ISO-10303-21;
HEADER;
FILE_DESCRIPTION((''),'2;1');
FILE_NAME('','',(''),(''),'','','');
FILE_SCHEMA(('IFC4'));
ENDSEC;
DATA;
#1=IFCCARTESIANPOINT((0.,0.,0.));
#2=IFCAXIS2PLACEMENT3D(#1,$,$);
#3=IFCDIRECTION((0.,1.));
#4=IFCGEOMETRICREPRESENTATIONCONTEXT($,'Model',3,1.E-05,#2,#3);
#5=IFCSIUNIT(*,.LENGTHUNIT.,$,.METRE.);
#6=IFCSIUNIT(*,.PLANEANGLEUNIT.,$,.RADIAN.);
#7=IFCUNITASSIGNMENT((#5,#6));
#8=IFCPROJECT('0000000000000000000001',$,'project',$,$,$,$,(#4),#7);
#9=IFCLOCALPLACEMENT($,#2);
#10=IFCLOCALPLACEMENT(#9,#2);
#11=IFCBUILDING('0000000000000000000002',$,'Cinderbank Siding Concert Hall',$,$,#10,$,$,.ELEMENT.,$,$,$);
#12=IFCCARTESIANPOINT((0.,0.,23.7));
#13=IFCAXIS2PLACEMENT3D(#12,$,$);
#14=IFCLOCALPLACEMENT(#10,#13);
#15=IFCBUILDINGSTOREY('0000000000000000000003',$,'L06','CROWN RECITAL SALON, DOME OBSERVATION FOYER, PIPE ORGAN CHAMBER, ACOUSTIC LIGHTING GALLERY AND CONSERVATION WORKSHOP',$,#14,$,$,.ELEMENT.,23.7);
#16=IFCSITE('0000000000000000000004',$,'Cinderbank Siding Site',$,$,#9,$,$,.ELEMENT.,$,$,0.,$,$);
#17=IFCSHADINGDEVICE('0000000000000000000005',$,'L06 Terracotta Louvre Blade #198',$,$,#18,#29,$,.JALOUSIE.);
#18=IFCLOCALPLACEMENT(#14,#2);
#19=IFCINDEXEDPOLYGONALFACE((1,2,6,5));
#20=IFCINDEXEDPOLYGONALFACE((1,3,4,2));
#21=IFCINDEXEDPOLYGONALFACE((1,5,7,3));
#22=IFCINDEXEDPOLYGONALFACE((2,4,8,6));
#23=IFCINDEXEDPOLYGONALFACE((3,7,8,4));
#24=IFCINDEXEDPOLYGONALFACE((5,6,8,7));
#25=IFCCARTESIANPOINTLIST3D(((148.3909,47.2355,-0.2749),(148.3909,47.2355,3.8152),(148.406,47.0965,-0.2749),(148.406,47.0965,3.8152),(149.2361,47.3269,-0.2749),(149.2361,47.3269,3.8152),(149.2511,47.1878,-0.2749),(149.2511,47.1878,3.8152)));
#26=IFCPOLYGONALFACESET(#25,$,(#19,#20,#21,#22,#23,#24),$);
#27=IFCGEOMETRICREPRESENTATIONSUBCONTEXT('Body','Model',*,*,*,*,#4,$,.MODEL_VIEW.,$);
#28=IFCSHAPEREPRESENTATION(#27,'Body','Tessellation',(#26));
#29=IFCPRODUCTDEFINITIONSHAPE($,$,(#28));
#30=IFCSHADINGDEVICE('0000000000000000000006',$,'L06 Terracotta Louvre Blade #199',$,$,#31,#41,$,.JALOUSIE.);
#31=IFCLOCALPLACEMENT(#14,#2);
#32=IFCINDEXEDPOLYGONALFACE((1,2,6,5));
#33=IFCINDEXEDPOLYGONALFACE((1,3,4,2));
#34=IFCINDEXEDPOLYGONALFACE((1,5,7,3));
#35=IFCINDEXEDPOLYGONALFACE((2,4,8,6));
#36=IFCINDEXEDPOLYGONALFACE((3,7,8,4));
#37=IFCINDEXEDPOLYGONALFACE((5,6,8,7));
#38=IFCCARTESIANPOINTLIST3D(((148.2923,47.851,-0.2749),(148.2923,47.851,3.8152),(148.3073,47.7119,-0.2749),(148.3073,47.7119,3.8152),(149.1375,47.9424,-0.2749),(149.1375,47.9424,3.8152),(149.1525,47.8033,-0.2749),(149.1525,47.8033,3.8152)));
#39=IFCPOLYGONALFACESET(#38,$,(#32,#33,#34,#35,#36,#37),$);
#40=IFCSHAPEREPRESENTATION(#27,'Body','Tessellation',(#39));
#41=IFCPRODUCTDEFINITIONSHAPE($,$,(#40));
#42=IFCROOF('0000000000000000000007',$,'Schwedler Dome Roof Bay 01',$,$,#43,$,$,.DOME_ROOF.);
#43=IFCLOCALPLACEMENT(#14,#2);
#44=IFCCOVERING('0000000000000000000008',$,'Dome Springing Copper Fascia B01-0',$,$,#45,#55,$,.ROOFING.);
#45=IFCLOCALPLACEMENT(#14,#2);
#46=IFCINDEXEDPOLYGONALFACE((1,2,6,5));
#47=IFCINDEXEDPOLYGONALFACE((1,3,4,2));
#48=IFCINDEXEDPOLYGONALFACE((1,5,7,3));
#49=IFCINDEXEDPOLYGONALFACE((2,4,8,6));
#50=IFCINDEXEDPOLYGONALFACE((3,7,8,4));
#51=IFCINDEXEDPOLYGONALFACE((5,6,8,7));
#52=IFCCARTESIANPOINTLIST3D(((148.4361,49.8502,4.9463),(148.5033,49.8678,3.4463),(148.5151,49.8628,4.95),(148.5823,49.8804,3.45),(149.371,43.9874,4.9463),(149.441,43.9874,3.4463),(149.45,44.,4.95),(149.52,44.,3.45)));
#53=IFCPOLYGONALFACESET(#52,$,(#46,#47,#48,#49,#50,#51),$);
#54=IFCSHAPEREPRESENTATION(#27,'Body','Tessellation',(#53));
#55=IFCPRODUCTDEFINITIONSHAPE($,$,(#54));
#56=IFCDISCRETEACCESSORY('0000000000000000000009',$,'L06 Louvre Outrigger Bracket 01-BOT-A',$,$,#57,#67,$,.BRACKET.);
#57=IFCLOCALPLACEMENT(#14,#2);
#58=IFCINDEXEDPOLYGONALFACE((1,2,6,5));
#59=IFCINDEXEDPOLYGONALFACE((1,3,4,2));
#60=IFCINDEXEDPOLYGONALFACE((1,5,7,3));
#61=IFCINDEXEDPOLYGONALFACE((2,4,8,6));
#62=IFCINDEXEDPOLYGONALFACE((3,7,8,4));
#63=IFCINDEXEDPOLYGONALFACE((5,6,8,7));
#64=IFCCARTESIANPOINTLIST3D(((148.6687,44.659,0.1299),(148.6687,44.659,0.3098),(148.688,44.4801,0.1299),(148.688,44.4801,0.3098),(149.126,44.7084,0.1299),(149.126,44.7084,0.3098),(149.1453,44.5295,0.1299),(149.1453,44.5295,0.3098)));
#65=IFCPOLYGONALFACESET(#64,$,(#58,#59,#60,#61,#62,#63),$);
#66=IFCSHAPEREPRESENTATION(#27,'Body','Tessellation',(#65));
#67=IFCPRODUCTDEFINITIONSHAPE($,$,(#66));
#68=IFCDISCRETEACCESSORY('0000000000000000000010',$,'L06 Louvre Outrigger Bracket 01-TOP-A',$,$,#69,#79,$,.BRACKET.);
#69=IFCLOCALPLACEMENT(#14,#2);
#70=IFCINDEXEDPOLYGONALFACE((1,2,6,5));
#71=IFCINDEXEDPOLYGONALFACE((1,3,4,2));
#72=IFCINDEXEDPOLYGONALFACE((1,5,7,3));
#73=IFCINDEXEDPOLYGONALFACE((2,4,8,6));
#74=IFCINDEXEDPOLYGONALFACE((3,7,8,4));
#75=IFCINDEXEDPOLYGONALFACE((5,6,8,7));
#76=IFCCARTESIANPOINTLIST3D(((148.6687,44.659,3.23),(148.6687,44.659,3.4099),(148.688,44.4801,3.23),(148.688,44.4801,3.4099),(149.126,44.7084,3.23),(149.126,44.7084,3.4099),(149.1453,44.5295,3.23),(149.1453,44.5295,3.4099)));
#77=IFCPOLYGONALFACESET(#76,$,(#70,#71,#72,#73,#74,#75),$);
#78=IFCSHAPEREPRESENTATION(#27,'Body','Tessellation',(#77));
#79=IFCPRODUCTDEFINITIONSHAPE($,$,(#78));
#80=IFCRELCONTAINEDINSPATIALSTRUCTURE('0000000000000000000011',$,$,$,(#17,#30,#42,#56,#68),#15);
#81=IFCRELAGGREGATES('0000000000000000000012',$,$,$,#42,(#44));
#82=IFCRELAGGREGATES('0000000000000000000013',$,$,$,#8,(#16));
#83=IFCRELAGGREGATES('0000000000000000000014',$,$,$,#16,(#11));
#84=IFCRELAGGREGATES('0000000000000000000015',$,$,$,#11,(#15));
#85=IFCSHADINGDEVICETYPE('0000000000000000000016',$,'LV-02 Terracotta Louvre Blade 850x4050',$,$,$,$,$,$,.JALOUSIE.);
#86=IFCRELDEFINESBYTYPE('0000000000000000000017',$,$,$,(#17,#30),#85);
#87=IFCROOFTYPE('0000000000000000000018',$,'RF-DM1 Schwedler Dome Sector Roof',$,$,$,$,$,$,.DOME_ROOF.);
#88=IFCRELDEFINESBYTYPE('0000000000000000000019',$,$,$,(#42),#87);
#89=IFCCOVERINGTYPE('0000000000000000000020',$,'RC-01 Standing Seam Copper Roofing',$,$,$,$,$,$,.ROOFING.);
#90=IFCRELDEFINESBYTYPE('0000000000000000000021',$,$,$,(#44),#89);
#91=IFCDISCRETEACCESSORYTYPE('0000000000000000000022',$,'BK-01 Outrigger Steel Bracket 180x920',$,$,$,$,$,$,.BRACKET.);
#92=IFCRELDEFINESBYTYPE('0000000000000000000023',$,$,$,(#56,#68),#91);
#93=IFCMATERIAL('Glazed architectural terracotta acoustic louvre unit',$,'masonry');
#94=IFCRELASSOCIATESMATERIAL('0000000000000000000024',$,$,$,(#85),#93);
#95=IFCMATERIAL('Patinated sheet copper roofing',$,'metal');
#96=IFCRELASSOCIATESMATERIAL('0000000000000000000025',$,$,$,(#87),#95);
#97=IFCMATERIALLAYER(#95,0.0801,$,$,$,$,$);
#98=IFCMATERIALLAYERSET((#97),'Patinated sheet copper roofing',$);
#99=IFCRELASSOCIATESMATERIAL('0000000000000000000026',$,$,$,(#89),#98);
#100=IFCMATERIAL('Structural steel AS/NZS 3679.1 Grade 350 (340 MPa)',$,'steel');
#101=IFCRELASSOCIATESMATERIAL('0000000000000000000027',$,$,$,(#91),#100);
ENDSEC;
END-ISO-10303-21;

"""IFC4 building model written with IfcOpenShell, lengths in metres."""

from ifc_helpers import new_model, si_unit, direction, frame, origin, origin_2d, place, context, subcontext, project, spatial, polyline, rectangle, outline, extrude, material, layer, layer_set, type_object, element, aggregate, save


model = new_model("IFC4")

# Units and contexts
model_context = context("Model", 3, precision=1e-05, world=origin(), true_north=direction((0.0, 1.0)))
body_context = subcontext(model_context, "Body", "Model", "MODEL_VIEW")
ifc_project = project(units=[si_unit("LENGTHUNIT", "METRE"), si_unit("PLANEANGLEUNIT", "RADIAN")], contexts=[model_context])

# Site, building, storey
site_placement = place(None, origin())
site = spatial("IfcSite", under=ifc_project, at=site_placement, Name="Cinderbank Siding Site", CompositionType="ELEMENT", RefElevation=0.0)
building_placement = place(site_placement, origin())
building = spatial("IfcBuilding", under=site, at=building_placement, Name="Cinderbank Siding Concert Hall", CompositionType="ELEMENT")
storey_placement = place(building_placement, frame((0.0, 0.0, 23.7)))
storey = spatial("IfcBuildingStorey", under=building, at=storey_placement, Name="L06", Description="CROWN RECITAL SALON, DOME OBSERVATION FOYER, PIPE ORGAN CHAMBER, ACOUSTIC LIGHTING GALLERY AND CONSERVATION WORKSHOP", CompositionType="ELEMENT", Elevation=23.7)

# Shared definitions
ifc_material_1 = material(Name="Structural steel AS/NZS 3679.1 Grade 350 (340 MPa)", Category="steel")

# Shading devices
ifc_material_2 = material(Name="Glazed architectural terracotta acoustic louvre unit", Category="masonry")
shading_device_type = type_object("IfcShadingDeviceType", Name="LV-02 Terracotta Louvre Blade 850x4050", PredefinedType="JALOUSIE", material=ifc_material_2)
for number, where, z_axis, x_axis, name in (
    (1, (148.821, 47.2117, -0.2749), (0.0, 0.0, 1.0), (0.994211, 0.107447, 0.0), "L06 Terracotta Louvre Blade #198"),
    (2, (148.7224, 47.8271, -0.2749), (0.0, 0.0, 1.0), (0.994211, 0.107447, 0.0), "L06 Terracotta Louvre Blade #199"),
):
    element("IfcShadingDevice", number, at=place(storey_placement, frame(where, z_axis=z_axis, x_axis=x_axis)), inside=storey, type_object=shading_device_type, Name=name, PredefinedType="JALOUSIE", context=body_context, shape_type="SweptSolid", body=[
        extrude(rectangle(XDim=0.8501, YDim=0.1399, at=origin_2d()), origin(), (0.0, 0.0, 1.0), 4.0901),
    ])

# Roof, covering
ifc_material_3 = material(Name="Patinated sheet copper roofing", Category="metal")
roof_type = type_object("IfcRoofType", Name="RF-DM1 Schwedler Dome Sector Roof", PredefinedType="DOME_ROOF", material=ifc_material_3)
roof_placement = place(storey_placement, origin())
roof = element("IfcRoof", 3, at=roof_placement, inside=storey, type_object=roof_type, Name="Schwedler Dome Roof Bay 01", PredefinedType="DOME_ROOF")
ifc_layer_1 = layer(ifc_material_3, 0.0801)
ifc_layer_set_1 = layer_set([ifc_layer_1], Name="Patinated sheet copper roofing")
covering_type = type_object("IfcCoveringType", Name="RC-01 Standing Seam Copper Roofing", PredefinedType="ROOFING", material=ifc_layer_set_1)
covering_placement = place(storey_placement, frame((149.52, 44.0, 3.45), z_axis=(0.986477, 0.157303, 0.046039), x_axis=(-0.15747, 0.987524, 0.0)))
covering = element("IfcCovering", 4, at=covering_placement, type_object=covering_type, Name="Dome Springing Copper Fascia B01-0", PredefinedType="ROOFING", context=body_context, shape_type="SweptSolid", body=[
    extrude(outline(polyline([(0.0, 0.0), (5.9547, 0.0), (5.9479, 1.5016), (0.011, 1.5016), (0.0, 0.0)])), origin(), (0.0, 0.0, -1.0), 0.0801),
])
aggregate(roof, [covering])

# Discrete accessories
discrete_accessory_type = type_object("IfcDiscreteAccessoryType", Name="BK-01 Outrigger Steel Bracket 180x920", PredefinedType="BRACKET", material=ifc_material_1)
for number, where, z_axis, x_axis, name in (
    (5, (148.907, 44.5942, 0.1299), (0.0, 0.0, 1.0), (0.994211, 0.107447, 0.0), "L06 Louvre Outrigger Bracket 01-BOT-A"),
    (6, (148.907, 44.5942, 3.23), (0.0, 0.0, 1.0), (0.994211, 0.107447, 0.0), "L06 Louvre Outrigger Bracket 01-TOP-A"),
):
    element("IfcDiscreteAccessory", number, at=place(storey_placement, frame(where, z_axis=z_axis, x_axis=x_axis)), inside=storey, type_object=discrete_accessory_type, Name=name, PredefinedType="BRACKET", context=body_context, shape_type="SweptSolid", body=[
        extrude(rectangle(XDim=0.46, YDim=0.1799, at=origin_2d()), origin(), (0.0, 0.0, 1.0), 0.1799),
    ])

save(model, "model.ifc")
